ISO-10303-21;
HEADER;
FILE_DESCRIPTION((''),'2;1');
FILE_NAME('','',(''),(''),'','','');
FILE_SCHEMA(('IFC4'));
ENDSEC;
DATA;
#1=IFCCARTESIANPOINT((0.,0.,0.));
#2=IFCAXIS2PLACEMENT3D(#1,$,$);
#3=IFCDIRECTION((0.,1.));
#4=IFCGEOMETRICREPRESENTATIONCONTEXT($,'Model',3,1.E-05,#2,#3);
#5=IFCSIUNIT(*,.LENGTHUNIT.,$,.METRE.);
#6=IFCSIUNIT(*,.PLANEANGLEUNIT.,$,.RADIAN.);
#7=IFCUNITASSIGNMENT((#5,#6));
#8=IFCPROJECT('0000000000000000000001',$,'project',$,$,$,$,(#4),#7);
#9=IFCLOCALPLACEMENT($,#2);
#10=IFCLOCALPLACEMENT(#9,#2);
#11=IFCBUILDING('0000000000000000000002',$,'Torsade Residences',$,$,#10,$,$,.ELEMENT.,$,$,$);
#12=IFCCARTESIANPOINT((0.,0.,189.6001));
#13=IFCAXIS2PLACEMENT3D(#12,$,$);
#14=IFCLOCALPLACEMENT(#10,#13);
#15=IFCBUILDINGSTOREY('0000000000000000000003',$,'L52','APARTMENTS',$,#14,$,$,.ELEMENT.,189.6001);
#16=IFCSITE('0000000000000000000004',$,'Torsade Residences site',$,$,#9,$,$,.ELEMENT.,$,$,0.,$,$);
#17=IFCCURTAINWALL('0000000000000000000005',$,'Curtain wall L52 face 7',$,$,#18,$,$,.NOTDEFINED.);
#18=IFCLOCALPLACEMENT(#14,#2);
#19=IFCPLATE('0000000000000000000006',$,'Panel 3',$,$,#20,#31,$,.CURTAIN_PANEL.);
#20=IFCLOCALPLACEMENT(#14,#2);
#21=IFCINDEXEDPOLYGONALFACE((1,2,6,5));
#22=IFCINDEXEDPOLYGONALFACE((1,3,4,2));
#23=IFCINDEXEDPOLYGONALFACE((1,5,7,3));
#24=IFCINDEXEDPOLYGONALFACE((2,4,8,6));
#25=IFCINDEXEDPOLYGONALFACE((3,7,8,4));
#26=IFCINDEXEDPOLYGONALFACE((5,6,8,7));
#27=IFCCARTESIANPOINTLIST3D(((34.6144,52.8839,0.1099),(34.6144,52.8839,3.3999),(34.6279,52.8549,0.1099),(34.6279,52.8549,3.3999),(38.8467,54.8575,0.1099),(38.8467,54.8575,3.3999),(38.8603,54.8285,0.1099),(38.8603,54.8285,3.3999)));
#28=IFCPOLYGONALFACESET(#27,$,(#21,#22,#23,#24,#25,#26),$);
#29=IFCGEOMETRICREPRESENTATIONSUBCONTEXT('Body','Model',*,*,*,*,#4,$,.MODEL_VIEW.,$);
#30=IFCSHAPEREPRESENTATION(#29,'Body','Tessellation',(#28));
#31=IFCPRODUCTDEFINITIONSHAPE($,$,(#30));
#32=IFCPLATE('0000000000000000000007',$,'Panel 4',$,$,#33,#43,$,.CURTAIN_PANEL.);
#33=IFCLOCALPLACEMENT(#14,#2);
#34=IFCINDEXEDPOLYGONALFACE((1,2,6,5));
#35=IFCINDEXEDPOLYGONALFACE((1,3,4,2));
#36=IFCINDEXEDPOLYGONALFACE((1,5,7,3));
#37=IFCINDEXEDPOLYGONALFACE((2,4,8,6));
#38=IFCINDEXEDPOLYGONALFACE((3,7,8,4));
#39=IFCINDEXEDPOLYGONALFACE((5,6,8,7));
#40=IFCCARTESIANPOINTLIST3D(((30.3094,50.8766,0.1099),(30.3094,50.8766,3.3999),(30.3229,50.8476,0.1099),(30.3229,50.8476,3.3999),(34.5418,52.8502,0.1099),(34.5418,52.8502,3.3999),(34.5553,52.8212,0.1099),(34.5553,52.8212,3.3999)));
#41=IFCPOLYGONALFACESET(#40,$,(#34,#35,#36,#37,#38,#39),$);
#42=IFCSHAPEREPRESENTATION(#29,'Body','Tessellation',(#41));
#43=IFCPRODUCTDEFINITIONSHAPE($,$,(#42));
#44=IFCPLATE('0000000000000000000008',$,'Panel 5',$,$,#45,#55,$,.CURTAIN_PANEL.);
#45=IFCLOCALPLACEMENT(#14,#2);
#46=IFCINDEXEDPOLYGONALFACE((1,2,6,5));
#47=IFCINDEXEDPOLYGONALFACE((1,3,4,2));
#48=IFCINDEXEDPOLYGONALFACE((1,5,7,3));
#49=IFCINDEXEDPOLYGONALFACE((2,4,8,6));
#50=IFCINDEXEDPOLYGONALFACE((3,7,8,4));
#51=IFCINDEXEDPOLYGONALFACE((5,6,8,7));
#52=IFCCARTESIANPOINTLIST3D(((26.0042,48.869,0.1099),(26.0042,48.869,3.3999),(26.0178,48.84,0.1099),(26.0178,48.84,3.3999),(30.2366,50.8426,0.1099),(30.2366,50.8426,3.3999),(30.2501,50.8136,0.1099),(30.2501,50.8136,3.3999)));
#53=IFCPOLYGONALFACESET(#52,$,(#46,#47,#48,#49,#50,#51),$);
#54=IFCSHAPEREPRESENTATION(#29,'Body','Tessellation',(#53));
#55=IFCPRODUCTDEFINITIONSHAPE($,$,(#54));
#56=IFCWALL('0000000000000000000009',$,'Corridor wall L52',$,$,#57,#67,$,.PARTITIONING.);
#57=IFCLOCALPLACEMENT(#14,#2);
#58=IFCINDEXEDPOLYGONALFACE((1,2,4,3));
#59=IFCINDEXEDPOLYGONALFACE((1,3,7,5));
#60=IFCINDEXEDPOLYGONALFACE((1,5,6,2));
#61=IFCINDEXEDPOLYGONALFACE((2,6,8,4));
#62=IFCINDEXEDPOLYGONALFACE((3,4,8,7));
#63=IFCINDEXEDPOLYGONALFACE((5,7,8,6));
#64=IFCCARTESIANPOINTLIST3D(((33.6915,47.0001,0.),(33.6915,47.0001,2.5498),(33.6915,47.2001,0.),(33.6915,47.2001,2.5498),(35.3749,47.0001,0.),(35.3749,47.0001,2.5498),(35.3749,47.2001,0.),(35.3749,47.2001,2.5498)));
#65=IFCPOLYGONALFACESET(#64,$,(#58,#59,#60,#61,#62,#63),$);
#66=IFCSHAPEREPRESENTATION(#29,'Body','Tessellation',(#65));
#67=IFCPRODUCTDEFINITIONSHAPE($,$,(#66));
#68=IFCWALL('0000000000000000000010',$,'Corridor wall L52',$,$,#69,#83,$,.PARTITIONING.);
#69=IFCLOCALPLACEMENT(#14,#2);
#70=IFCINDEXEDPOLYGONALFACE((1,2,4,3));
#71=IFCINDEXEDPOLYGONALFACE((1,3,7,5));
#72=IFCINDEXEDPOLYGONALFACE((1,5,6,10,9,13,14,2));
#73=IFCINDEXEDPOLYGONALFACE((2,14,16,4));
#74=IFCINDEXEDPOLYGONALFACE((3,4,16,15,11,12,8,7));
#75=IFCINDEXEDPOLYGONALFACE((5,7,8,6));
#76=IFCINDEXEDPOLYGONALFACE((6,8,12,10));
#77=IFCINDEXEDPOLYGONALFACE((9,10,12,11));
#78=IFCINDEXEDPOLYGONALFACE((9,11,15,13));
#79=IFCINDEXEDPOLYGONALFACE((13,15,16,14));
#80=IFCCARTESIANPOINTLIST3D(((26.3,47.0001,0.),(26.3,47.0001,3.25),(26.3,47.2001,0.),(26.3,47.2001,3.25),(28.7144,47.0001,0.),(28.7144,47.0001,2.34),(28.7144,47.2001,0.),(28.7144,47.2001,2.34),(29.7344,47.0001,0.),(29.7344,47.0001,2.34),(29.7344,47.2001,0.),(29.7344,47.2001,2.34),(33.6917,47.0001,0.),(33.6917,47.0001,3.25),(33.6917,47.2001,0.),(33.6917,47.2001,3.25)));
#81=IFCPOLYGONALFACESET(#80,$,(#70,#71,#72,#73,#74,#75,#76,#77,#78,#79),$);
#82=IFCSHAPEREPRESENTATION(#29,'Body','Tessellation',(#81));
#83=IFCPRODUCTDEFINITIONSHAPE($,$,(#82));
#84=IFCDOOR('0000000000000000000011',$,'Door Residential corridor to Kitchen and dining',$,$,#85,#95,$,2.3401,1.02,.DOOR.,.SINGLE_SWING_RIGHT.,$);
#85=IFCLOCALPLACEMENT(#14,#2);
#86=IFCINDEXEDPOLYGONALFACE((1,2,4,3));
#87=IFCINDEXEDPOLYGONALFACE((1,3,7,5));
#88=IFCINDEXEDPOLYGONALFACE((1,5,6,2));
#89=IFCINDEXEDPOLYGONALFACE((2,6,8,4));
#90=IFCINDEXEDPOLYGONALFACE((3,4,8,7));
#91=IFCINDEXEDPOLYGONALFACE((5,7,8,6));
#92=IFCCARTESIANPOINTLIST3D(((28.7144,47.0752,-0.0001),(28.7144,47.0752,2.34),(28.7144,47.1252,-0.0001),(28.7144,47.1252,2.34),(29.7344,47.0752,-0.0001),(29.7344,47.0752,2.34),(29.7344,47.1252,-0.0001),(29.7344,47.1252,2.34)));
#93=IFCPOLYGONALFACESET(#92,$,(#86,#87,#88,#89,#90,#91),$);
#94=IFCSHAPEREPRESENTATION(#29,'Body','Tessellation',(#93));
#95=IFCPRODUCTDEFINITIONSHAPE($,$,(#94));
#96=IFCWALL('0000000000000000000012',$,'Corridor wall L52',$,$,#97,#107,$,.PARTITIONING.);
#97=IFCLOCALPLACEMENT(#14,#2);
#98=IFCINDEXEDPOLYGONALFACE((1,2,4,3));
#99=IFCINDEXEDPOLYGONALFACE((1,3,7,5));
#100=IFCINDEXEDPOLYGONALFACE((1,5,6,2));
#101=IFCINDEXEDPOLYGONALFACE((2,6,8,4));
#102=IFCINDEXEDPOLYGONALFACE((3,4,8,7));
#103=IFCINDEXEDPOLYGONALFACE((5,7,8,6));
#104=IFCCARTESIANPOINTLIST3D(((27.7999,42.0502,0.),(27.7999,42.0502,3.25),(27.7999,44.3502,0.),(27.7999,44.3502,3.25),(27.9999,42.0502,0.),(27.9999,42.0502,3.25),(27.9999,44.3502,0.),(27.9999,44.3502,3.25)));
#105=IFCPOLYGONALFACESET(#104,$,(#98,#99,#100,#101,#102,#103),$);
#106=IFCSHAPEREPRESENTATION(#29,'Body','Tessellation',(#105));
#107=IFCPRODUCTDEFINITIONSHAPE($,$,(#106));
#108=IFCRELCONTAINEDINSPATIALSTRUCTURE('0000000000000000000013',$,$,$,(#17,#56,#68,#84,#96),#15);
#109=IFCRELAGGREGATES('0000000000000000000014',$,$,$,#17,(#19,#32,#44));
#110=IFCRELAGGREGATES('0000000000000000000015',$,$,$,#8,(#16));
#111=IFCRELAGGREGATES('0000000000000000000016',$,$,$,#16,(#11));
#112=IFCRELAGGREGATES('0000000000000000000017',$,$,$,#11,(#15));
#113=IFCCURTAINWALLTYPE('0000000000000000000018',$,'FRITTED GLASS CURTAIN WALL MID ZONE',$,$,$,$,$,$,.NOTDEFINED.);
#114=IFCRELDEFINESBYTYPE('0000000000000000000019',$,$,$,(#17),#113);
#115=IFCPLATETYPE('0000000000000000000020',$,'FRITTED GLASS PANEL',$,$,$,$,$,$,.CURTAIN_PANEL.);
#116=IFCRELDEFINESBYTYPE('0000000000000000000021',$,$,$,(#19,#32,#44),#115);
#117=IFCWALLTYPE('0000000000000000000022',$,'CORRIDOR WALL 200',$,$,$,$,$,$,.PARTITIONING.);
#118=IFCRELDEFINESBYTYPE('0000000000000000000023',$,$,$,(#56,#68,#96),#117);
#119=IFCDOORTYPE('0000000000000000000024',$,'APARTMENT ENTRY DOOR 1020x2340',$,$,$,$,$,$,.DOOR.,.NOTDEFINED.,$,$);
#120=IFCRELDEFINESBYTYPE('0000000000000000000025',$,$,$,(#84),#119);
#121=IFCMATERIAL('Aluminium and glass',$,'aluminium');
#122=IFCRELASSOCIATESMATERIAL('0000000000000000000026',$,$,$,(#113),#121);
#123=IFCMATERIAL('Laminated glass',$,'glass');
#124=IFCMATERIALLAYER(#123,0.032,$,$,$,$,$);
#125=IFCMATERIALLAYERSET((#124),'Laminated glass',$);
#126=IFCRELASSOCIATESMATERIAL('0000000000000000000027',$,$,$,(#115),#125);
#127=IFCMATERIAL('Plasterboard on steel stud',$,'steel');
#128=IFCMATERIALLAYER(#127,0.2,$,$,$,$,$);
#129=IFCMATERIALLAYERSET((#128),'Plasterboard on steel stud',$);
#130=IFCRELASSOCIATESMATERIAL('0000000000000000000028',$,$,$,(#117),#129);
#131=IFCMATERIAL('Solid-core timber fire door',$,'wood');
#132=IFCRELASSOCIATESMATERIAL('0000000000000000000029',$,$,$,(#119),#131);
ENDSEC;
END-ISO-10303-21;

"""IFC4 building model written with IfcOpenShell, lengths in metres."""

from ifc_helpers import new_model, si_unit, direction, frame, frame_2d, origin, origin_2d, place, context, subcontext, project, spatial, rectangle, extrude, material, layer, layer_set, type_object, element, fill, aggregate, save


model = new_model("IFC4")

# Units and contexts
model_context = context("Model", 3, precision=1e-05, world=origin(), true_north=direction((0.0, 1.0)))
body_context = subcontext(model_context, "Body", "Model", "MODEL_VIEW")
ifc_project = project(units=[si_unit("LENGTHUNIT", "METRE"), si_unit("PLANEANGLEUNIT", "RADIAN")], contexts=[model_context])

# Site, building, storey
site_placement = place(None, origin())
site = spatial("IfcSite", under=ifc_project, at=site_placement, Name="Torsade Residences site", CompositionType="ELEMENT", RefElevation=0.0)
building_placement = place(site_placement, origin())
building = spatial("IfcBuilding", under=site, at=building_placement, Name="Torsade Residences", CompositionType="ELEMENT")
storey_placement = place(building_placement, frame((0.0, 0.0, 189.6001)))
storey = spatial("IfcBuildingStorey", under=building, at=storey_placement, Name="L52", Description="APARTMENTS", CompositionType="ELEMENT", Elevation=189.6001)

# Curtain wall
ifc_material_1 = material(Name="Aluminium and glass", Category="aluminium")
curtain_wall_type = type_object("IfcCurtainWallType", Name="FRITTED GLASS CURTAIN WALL MID ZONE", PredefinedType="NOTDEFINED", material=ifc_material_1)
curtain_wall_placement = place(storey_placement, origin())
curtain_wall = element("IfcCurtainWall", 1, at=curtain_wall_placement, inside=storey, type_object=curtain_wall_type, Name="Curtain wall L52 face 7", PredefinedType="NOTDEFINED")

# Plates
ifc_material_2 = material(Name="Laminated glass", Category="glass")
ifc_layer_1 = layer(ifc_material_2, 0.032)
ifc_layer_set_1 = layer_set([ifc_layer_1], Name="Laminated glass")
plate_type = type_object("IfcPlateType", Name="FRITTED GLASS PANEL", PredefinedType="CURTAIN_PANEL", material=ifc_layer_set_1)
plate_1_placement = place(storey_placement, frame((36.7373, 53.8562, 0.1099), z_axis=(0.0, 0.0, 1.0), x_axis=(-0.906308, -0.422618, 0.0)))
plate_1 = element("IfcPlate", 2, at=plate_1_placement, type_object=plate_type, Name="Panel 3", PredefinedType="CURTAIN_PANEL", context=body_context, shape_type="SweptSolid", body=[
    extrude(rectangle(XDim=4.6699, YDim=0.032, at=origin_2d()), origin(), (0.0, 0.0, 1.0), 3.29),
])
plate_2_placement = place(storey_placement, frame((32.4324, 51.8489, 0.1099), z_axis=(0.0, 0.0, 1.0), x_axis=(-0.906308, -0.422618, 0.0)))
plate_2 = element("IfcPlate", 3, at=plate_2_placement, type_object=plate_type, Name="Panel 4", PredefinedType="CURTAIN_PANEL", context=body_context, shape_type="SweptSolid", body=[
    extrude(rectangle(XDim=4.6699, YDim=0.032, at=origin_2d()), origin(), (0.0, 0.0, 1.0), 3.29),
])
plate_3_placement = place(storey_placement, frame((28.1272, 49.8413, 0.1099), z_axis=(0.0, 0.0, 1.0), x_axis=(-0.906308, -0.422618, 0.0)))
plate_3 = element("IfcPlate", 4, at=plate_3_placement, type_object=plate_type, Name="Panel 5", PredefinedType="CURTAIN_PANEL", context=body_context, shape_type="SweptSolid", body=[
    extrude(rectangle(XDim=4.6699, YDim=0.032, at=origin_2d()), origin(), (0.0, 0.0, 1.0), 3.29),
])
aggregate(curtain_wall, [plate_1, plate_2, plate_3])

# Wall
ifc_material_3 = material(Name="Plasterboard on steel stud", Category="steel")
ifc_layer_2 = layer(ifc_material_3, 0.2)
ifc_layer_set_2 = layer_set([ifc_layer_2], Name="Plasterboard on steel stud")
wall_type_1 = type_object("IfcWallType", Name="CORRIDOR WALL 200", PredefinedType="PARTITIONING", material=ifc_layer_set_2)
wall_1_placement = place(storey_placement, frame((35.375, 47.1001, 0.0), z_axis=(0.0, 0.0, 1.0), x_axis=(-1.0, 0.0, 0.0)))
element("IfcWall", 5, at=wall_1_placement, inside=storey, type_object=wall_type_1, Name="Corridor wall L52", PredefinedType="PARTITIONING", context=body_context, shape_type="SweptSolid", body=[
    extrude(rectangle(XDim=1.6833, YDim=0.2, at=frame_2d((0.8418, 0.0))), origin(), (0.0, 0.0, 1.0), 2.5498),
])

# Wall, opening, door
wall_2_placement = place(storey_placement, frame((33.6917, 47.1001, 0.0), z_axis=(0.0, 0.0, 1.0), x_axis=(-1.0, 0.0, 0.0)))
wall_2 = element("IfcWall", 6, at=wall_2_placement, inside=storey, type_object=wall_type_1, Name="Corridor wall L52", PredefinedType="PARTITIONING", context=body_context, shape_type="SweptSolid", body=[
    extrude(rectangle(XDim=7.3916, YDim=0.2, at=frame_2d((3.6958, 0.0))), origin(), (0.0, 0.0, 1.0), 3.25),
])
opening_1_placement = place(wall_2_placement, frame((3.9573, 0.0, 0.0)))
opening_1 = element("IfcOpeningElement", 7, at=opening_1_placement, cuts=wall_2, PredefinedType="OPENING", context=body_context, shape_type="SweptSolid", body=[
    extrude(rectangle(XDim=1.02, YDim=2.3401, at=frame_2d((0.51, 1.1699))), frame((0.0, 0.1099, 0.0), z_axis=(0.0, -1.0, 0.0), x_axis=(1.0, 0.0, 0.0)), (0.0, 0.0, 1.0), 0.22),
])
ifc_material_4 = material(Name="Solid-core timber fire door", Category="wood")
door_type_1 = type_object("IfcDoorType", Name="APARTMENT ENTRY DOOR 1020x2340", OperationType="NOTDEFINED", PredefinedType="DOOR", material=ifc_material_4)
door_1_placement = place(opening_1_placement, origin())
door_1 = element("IfcDoor", 8, at=door_1_placement, inside=storey, type_object=door_type_1, Name="Door Residential corridor to Kitchen and dining", OperationType="SINGLE_SWING_RIGHT", OverallHeight=2.3401, OverallWidth=1.02, PredefinedType="DOOR", context=body_context, shape_type="SweptSolid", body=[
    extrude(rectangle(XDim=1.02, YDim=2.3401, at=frame_2d((0.51, 1.1699))), frame((0.0, 0.0249, 0.0), z_axis=(0.0, -1.0, 0.0), x_axis=(1.0, 0.0, 0.0)), (0.0, 0.0, 1.0), 0.05),
])
fill(opening_1, door_1)

# Wall
wall_3_placement = place(storey_placement, frame((27.8999, 44.3501, 0.0), z_axis=(0.0, 0.0, 1.0), x_axis=(0.0, -1.0, 0.0)))
element("IfcWall", 9, at=wall_3_placement, inside=storey, type_object=wall_type_1, Name="Corridor wall L52", PredefinedType="PARTITIONING", context=body_context, shape_type="SweptSolid", body=[
    extrude(rectangle(XDim=2.3, YDim=0.2, at=frame_2d((1.1499, 0.0))), origin(), (0.0, 0.0, 1.0), 3.25),
])

save(model, "model.ifc")
